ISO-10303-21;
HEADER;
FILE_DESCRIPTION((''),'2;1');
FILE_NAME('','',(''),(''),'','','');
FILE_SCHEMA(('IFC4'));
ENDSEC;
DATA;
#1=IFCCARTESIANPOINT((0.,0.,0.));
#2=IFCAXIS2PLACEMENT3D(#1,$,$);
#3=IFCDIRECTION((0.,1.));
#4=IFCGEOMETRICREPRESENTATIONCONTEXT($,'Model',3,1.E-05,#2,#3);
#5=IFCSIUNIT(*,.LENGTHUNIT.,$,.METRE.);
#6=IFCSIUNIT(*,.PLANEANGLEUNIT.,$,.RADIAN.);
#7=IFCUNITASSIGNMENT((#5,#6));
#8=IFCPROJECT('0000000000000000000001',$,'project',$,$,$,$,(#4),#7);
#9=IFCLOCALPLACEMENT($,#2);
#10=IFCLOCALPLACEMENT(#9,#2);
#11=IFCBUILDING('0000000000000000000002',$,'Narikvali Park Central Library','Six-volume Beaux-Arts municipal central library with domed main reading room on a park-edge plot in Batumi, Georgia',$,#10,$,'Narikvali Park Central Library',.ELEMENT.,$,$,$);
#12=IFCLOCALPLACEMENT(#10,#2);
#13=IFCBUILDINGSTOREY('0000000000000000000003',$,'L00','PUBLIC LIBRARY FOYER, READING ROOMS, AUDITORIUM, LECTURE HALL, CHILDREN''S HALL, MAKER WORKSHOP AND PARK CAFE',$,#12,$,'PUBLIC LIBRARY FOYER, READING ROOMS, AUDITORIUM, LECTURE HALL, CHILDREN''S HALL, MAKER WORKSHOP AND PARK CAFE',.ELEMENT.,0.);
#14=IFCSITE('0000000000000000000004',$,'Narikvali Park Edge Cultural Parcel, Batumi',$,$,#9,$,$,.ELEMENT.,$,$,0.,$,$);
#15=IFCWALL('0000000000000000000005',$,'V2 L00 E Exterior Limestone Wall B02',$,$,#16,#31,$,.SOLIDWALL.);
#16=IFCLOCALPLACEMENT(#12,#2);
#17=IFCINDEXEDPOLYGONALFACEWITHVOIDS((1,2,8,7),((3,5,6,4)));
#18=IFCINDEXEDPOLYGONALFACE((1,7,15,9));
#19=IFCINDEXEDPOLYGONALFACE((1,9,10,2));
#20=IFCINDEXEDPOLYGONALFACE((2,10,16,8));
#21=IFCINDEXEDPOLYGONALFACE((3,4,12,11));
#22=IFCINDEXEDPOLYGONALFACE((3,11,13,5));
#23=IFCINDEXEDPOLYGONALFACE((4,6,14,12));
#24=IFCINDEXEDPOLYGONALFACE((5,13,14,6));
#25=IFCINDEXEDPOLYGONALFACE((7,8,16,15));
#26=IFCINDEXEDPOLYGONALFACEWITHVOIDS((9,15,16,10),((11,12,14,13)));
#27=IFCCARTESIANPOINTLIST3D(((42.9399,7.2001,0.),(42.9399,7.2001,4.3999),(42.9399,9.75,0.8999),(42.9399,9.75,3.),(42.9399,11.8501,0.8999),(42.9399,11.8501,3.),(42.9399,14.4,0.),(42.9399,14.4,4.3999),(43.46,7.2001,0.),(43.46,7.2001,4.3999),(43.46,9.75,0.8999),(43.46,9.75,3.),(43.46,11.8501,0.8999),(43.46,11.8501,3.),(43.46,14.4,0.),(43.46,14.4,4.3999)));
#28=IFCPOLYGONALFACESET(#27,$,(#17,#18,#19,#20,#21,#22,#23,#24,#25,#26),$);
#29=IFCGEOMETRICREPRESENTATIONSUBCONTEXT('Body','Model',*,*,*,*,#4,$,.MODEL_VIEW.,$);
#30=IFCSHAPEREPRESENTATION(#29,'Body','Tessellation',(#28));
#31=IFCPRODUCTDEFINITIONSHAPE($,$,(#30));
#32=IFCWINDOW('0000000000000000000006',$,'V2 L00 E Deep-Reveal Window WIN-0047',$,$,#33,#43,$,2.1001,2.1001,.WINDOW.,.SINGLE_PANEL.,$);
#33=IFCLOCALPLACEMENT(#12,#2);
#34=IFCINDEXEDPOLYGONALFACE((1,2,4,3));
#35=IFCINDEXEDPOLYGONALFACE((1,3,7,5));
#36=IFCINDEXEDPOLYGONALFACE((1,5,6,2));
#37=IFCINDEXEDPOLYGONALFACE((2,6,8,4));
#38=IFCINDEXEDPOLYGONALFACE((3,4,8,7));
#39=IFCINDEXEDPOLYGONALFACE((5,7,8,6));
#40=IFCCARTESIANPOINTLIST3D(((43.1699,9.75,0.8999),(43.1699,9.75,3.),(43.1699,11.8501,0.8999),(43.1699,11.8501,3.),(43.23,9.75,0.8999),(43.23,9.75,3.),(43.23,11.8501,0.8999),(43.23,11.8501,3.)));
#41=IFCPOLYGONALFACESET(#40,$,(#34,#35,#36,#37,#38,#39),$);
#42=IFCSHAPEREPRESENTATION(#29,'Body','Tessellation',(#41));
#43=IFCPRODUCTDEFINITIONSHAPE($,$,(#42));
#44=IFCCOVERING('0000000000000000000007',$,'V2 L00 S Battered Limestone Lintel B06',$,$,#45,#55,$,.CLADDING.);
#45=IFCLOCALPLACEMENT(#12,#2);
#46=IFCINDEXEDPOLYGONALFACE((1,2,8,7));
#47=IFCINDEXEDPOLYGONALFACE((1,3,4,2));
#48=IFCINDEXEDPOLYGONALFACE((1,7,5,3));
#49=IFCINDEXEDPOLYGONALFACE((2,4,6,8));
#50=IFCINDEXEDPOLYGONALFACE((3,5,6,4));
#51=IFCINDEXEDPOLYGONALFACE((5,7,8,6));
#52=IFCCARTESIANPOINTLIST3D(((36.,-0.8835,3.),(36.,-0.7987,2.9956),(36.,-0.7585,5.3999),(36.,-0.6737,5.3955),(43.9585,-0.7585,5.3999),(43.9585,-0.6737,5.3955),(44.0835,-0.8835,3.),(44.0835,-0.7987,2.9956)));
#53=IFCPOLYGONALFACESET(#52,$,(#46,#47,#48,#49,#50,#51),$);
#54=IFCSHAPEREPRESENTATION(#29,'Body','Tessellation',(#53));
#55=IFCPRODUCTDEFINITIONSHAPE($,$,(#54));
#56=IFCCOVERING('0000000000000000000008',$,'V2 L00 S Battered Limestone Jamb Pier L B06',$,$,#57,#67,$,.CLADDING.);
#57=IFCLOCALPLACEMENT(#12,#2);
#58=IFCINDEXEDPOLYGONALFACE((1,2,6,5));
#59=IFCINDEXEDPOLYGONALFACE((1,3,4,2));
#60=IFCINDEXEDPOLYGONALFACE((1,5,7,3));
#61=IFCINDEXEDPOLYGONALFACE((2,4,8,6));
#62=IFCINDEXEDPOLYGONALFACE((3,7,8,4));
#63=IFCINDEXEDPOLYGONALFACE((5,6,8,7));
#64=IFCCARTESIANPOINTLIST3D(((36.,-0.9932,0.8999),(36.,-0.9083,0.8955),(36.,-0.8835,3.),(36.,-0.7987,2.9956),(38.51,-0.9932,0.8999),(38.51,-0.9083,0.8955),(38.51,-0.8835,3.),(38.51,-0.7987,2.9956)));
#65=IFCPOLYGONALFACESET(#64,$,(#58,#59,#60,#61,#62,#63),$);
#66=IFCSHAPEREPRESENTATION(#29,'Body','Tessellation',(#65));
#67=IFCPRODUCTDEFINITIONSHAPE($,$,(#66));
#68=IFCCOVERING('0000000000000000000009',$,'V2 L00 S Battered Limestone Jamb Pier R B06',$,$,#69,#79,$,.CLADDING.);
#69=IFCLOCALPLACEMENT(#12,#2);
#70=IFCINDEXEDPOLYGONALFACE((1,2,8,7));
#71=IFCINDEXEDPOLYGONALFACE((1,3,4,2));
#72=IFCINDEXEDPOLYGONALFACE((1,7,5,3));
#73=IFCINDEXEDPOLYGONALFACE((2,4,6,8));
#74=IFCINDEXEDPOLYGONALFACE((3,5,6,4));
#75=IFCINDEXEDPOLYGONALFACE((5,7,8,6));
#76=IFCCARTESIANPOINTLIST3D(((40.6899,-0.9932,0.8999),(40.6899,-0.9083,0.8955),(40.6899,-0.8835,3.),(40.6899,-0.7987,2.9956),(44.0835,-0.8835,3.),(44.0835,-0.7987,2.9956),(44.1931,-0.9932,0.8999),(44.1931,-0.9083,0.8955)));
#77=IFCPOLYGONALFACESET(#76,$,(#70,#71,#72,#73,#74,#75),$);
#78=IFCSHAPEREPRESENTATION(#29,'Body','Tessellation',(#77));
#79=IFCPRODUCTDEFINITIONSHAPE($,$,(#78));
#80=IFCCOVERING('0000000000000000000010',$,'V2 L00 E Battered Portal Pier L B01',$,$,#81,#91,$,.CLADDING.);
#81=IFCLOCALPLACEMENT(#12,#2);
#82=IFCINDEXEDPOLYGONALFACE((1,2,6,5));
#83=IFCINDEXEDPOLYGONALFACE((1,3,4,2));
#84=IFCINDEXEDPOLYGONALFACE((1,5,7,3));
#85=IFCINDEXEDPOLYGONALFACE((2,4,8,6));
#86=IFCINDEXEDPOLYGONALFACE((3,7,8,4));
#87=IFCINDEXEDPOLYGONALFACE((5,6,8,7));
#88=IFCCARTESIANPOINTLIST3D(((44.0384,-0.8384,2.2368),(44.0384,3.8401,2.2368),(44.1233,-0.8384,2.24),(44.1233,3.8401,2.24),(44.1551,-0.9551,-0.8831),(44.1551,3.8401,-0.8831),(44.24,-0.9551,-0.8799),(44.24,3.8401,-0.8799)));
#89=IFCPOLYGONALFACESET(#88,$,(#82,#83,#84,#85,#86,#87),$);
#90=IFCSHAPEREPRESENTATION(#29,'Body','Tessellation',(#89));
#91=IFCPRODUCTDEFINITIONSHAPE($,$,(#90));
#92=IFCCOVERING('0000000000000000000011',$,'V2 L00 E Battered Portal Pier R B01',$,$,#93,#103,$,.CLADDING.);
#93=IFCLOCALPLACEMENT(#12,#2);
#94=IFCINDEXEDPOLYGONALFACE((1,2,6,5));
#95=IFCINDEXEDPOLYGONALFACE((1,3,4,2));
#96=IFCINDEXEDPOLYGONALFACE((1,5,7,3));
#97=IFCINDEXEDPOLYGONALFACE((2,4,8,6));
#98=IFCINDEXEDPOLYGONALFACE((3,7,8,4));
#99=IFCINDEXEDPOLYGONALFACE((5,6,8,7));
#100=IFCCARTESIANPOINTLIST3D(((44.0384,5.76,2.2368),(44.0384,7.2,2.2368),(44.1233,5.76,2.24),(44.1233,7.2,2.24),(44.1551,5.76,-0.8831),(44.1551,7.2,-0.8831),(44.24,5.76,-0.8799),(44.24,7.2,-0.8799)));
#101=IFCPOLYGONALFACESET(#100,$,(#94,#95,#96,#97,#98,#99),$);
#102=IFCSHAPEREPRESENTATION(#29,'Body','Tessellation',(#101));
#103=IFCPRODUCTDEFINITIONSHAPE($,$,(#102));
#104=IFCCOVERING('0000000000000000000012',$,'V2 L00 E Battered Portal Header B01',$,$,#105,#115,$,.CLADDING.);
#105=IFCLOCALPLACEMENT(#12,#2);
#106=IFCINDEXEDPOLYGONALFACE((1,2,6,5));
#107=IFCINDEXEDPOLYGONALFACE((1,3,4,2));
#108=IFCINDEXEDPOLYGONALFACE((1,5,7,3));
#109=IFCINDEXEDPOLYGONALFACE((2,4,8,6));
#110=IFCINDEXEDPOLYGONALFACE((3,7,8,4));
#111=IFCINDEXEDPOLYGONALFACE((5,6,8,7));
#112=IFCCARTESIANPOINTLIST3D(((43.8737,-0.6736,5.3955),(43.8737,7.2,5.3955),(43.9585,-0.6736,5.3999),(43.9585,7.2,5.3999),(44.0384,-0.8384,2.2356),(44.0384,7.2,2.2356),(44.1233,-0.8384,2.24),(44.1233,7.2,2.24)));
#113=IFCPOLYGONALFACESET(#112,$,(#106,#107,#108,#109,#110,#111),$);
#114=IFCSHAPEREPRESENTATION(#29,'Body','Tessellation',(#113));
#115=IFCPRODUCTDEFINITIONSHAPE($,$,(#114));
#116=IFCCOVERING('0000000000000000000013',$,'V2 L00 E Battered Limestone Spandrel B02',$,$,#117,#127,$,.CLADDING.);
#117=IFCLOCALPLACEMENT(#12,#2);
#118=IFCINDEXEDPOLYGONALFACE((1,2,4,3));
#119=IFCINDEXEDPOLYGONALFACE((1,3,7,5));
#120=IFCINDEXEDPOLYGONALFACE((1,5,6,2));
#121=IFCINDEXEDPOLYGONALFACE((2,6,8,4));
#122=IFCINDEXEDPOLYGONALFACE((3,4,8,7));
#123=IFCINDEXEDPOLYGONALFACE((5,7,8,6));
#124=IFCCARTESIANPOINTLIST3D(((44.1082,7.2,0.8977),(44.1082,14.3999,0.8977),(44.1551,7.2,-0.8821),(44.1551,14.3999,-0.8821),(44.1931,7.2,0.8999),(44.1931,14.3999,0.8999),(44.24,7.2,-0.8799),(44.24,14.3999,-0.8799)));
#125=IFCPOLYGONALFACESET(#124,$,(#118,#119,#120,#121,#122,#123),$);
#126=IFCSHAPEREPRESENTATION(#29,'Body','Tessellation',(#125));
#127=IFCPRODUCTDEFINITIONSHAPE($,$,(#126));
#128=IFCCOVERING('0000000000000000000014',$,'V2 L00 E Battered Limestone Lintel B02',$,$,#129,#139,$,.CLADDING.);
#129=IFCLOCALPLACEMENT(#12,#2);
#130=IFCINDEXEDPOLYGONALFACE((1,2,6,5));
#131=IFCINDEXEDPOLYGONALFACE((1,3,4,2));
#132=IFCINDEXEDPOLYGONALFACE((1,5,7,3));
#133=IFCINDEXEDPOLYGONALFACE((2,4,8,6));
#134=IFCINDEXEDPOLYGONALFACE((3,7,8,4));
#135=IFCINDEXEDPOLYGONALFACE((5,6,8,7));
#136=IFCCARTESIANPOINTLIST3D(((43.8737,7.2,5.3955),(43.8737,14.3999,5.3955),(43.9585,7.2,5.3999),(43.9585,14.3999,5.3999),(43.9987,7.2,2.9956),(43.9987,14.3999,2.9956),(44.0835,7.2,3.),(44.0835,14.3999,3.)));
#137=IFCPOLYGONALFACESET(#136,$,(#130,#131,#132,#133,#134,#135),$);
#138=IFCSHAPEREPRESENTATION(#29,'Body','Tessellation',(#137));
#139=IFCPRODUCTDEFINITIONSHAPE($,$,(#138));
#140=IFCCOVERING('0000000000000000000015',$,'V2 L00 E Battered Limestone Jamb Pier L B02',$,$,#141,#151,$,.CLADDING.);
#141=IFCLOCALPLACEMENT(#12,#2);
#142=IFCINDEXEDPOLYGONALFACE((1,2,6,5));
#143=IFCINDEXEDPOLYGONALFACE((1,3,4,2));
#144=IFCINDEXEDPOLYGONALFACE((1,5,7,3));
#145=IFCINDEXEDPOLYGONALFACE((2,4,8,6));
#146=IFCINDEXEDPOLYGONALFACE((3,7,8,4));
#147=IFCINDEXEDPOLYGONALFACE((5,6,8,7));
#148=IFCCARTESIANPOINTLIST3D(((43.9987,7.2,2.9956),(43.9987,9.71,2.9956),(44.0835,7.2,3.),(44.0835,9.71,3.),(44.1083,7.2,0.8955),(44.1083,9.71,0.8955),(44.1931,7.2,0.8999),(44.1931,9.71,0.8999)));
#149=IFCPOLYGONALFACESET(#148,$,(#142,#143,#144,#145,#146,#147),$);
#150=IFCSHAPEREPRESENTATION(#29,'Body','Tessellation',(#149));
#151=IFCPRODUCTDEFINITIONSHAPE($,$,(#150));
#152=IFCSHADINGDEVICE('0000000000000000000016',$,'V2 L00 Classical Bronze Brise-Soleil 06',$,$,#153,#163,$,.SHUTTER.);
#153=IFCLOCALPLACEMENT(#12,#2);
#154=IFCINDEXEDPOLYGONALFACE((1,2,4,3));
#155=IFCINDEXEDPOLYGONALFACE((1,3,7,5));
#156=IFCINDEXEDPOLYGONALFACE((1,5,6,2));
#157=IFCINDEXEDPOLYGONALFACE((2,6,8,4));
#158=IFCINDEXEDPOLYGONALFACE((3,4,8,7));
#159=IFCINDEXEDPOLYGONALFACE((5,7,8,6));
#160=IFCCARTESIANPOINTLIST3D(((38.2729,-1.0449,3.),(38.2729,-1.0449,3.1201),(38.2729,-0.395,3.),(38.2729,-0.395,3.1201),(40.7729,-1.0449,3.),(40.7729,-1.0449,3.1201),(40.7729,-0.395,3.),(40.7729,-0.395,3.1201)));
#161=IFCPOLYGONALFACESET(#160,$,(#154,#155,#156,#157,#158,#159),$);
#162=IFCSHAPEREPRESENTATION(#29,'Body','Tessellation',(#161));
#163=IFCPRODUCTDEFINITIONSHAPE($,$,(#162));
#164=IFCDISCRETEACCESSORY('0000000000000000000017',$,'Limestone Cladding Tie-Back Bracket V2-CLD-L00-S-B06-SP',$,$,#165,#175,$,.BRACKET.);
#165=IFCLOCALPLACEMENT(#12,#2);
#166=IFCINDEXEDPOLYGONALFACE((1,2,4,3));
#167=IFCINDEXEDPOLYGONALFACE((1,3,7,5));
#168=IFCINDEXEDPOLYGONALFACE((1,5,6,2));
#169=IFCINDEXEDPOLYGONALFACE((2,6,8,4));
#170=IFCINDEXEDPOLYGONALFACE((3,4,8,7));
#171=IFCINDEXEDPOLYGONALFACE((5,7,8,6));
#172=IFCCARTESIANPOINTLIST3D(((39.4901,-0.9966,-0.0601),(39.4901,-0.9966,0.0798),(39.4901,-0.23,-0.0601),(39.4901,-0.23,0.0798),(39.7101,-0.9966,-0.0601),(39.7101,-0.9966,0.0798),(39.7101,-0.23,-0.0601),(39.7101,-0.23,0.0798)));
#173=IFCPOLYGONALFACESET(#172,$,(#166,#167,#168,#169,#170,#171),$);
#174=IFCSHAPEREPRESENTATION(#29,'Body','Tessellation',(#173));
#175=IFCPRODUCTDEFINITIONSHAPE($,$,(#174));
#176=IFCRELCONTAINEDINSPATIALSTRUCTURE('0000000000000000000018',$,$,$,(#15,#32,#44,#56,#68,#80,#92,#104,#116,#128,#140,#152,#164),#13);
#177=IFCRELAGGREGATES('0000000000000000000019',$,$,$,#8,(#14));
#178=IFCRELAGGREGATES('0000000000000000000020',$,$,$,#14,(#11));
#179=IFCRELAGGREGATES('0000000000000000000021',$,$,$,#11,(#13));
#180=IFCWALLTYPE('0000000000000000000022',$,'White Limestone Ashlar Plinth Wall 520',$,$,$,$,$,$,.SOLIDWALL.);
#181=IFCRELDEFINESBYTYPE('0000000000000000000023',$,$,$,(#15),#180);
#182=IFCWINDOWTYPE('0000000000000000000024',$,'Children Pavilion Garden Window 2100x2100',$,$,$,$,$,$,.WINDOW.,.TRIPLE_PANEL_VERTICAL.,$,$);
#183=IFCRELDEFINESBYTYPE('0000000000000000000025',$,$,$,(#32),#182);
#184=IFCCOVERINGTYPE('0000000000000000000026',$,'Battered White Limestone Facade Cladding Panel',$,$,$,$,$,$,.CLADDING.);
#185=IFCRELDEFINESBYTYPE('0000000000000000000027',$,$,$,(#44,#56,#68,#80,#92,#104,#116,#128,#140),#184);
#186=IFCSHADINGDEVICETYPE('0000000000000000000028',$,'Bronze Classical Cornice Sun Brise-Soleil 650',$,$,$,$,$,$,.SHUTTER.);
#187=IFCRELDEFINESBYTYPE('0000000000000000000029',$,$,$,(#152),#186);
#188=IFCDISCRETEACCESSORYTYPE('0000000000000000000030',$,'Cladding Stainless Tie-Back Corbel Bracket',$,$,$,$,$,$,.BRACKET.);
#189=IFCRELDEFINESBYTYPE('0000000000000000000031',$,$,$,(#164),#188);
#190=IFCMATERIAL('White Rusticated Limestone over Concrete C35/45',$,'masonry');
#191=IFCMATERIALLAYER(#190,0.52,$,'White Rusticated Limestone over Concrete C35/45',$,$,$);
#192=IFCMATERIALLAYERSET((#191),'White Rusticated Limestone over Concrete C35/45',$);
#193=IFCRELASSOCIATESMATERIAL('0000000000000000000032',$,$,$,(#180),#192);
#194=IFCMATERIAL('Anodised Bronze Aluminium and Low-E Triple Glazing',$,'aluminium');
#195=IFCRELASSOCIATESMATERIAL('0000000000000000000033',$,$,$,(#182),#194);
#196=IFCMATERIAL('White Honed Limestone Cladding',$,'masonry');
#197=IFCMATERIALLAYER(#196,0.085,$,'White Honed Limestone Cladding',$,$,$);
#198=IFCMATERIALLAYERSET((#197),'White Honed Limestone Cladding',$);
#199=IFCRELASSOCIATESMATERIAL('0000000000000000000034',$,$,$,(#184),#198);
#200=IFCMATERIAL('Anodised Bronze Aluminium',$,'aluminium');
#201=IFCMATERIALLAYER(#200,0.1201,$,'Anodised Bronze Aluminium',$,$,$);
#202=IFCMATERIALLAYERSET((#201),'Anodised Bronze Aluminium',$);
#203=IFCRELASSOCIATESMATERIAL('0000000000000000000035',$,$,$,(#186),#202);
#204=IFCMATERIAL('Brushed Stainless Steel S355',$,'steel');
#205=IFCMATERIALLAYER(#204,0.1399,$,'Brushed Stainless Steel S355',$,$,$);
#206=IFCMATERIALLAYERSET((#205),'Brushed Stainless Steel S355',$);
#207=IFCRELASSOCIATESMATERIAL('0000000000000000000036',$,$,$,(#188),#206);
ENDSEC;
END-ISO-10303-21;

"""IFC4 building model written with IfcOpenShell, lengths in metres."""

from ifc_helpers import new_model, si_unit, direction, frame, frame_2d, origin, origin_2d, place, context, subcontext, project, spatial, polyline, rectangle, outline, extrude, material, layer, layer_set, type_object, element, fill, save


model = new_model("IFC4")

# Units and contexts
model_context = context("Model", 3, precision=1e-05, world=origin(), true_north=direction((0.0, 1.0)))
body_context = subcontext(model_context, "Body", "Model", "MODEL_VIEW")
ifc_project = project(units=[si_unit("LENGTHUNIT", "METRE"), si_unit("PLANEANGLEUNIT", "RADIAN")], contexts=[model_context])

# Site, building, storey
site_placement = place(None, origin())
site = spatial("IfcSite", under=ifc_project, at=site_placement, Name="Narikvali Park Edge Cultural Parcel, Batumi", CompositionType="ELEMENT", RefElevation=0.0)
building_placement = place(site_placement, origin())
building = spatial("IfcBuilding", under=site, at=building_placement, Name="Narikvali Park Central Library", Description="Six-volume Beaux-Arts municipal central library with domed main reading room on a park-edge plot in Batumi, Georgia", LongName="Narikvali Park Central Library", CompositionType="ELEMENT")
storey_placement = place(building_placement, origin())
storey = spatial("IfcBuildingStorey", under=building, at=storey_placement, Name="L00", Description="PUBLIC LIBRARY FOYER, READING ROOMS, AUDITORIUM, LECTURE HALL, CHILDREN'S HALL, MAKER WORKSHOP AND PARK CAFE", LongName="PUBLIC LIBRARY FOYER, READING ROOMS, AUDITORIUM, LECTURE HALL, CHILDREN'S HALL, MAKER WORKSHOP AND PARK CAFE", CompositionType="ELEMENT", Elevation=0.0)

# Shared definitions
ifc_material_1 = material(Name="White Rusticated Limestone over Concrete C35/45", Category="masonry")
ifc_layer_1 = layer(ifc_material_1, 0.52, Name="White Rusticated Limestone over Concrete C35/45")
ifc_layer_set_1 = layer_set([ifc_layer_1], Name="White Rusticated Limestone over Concrete C35/45")
wall_type_1 = type_object("IfcWallType", Name="White Limestone Ashlar Plinth Wall 520", PredefinedType="SOLIDWALL", material=ifc_layer_set_1)
ifc_material_2 = material(Name="Anodised Bronze Aluminium and Low-E Triple Glazing", Category="aluminium")
window_type = type_object("IfcWindowType", Name="Children Pavilion Garden Window 2100x2100", PartitioningType="TRIPLE_PANEL_VERTICAL", PredefinedType="WINDOW", material=ifc_material_2)

# Wall, opening, window
wall_1_placement = place(storey_placement, frame((43.2, 7.2, 0.0), z_axis=(0.0, 0.0, 1.0), x_axis=(0.0, 1.0, 0.0)))
wall_1 = element("IfcWall", 1, at=wall_1_placement, inside=storey, type_object=wall_type_1, Name="V2 L00 E Exterior Limestone Wall B02", PredefinedType="SOLIDWALL", context=body_context, shape_type="SweptSolid", body=[
    extrude(rectangle(XDim=7.2, YDim=0.52, at=frame_2d((3.6001, 0.0))), origin(), (0.0, 0.0, 1.0), 4.3999),
])
opening_1_placement = place(wall_1_placement, frame((2.55, 0.0, 0.8999)))
opening_1 = element("IfcOpeningElement", 2, at=opening_1_placement, cuts=wall_1, PredefinedType="OPENING", context=body_context, shape_type="SweptSolid", body=[
    extrude(rectangle(XDim=2.1001, YDim=2.1001, at=frame_2d((1.05, 1.05))), frame((0.0, 0.272, 0.0), z_axis=(0.0, -1.0, 0.0), x_axis=(1.0, 0.0, 0.0)), (0.0, 0.0, 1.0), 0.5439),
])
window_1_placement = place(opening_1_placement, origin())
window_1 = element("IfcWindow", 3, at=window_1_placement, inside=storey, type_object=window_type, Name="V2 L00 E Deep-Reveal Window WIN-0047", OverallHeight=2.1001, OverallWidth=2.1001, PartitioningType="SINGLE_PANEL", PredefinedType="WINDOW", context=body_context, shape_type="SweptSolid", body=[
    extrude(rectangle(XDim=2.1001, YDim=2.1001, at=frame_2d((1.05, 1.05))), frame((0.0, 0.03, 0.0), z_axis=(0.0, -1.0, 0.0), x_axis=(1.0, 0.0, 0.0)), (0.0, 0.0, 1.0), 0.0601),
])
fill(opening_1, window_1)

# Coverings
ifc_material_3 = material(Name="White Honed Limestone Cladding", Category="masonry")
ifc_layer_2 = layer(ifc_material_3, 0.085, Name="White Honed Limestone Cladding")
ifc_layer_set_2 = layer_set([ifc_layer_2], Name="White Honed Limestone Cladding")
covering_type = type_object("IfcCoveringType", Name="Battered White Limestone Facade Cladding Panel", PredefinedType="CLADDING", material=ifc_layer_set_2)
covering_1_placement = place(storey_placement, frame((36.0, -0.8835, 3.0), z_axis=(0.0, -0.998646, 0.052015), x_axis=(1.0, 0.0, 0.0)))
element("IfcCovering", 4, at=covering_1_placement, inside=storey, type_object=covering_type, Name="V2 L00 S Battered Limestone Lintel B06", PredefinedType="CLADDING", context=body_context, shape_type="SweptSolid", body=[
    extrude(outline(polyline([(0.0, 0.0), (8.0835, 0.0), (7.9585, 2.4032), (0.0, 2.4032), (0.0, 0.0)])), origin(), (0.0, 0.0, -1.0), 0.085),
])
covering_2_placement = place(storey_placement, frame((36.0, -0.9932, 0.8999), z_axis=(0.0, -0.998641, 0.052126), x_axis=(1.0, 0.0, 0.0)))
element("IfcCovering", 5, at=covering_2_placement, inside=storey, type_object=covering_type, Name="V2 L00 S Battered Limestone Jamb Pier L B06", PredefinedType="CLADDING", context=body_context, shape_type="SweptSolid", body=[
    extrude(outline(polyline([(0.0, 0.0), (2.51, 0.0), (2.51, 2.103), (0.0, 2.103), (0.0, 0.0)])), origin(), (0.0, 0.0, -1.0), 0.085),
])
covering_3_placement = place(storey_placement, frame((40.6899, -0.9932, 0.8999), z_axis=(0.0, -0.998641, 0.052126), x_axis=(1.0, 0.0, 0.0)))
element("IfcCovering", 6, at=covering_3_placement, inside=storey, type_object=covering_type, Name="V2 L00 S Battered Limestone Jamb Pier R B06", PredefinedType="CLADDING", context=body_context, shape_type="SweptSolid", body=[
    extrude(outline(polyline([(0.0, 0.0), (3.5032, 0.0), (3.3936, 2.103), (0.0, 2.103), (0.0, 0.0)])), origin(), (0.0, 0.0, -1.0), 0.085),
])
covering_4_placement = place(storey_placement, frame((44.24, -0.9551, -0.8799), z_axis=(0.999301, 0.0, 0.037379), x_axis=(0.0, 1.0, 0.0)))
element("IfcCovering", 7, at=covering_4_placement, inside=storey, type_object=covering_type, Name="V2 L00 E Battered Portal Pier L B01", PredefinedType="CLADDING", context=body_context, shape_type="SweptSolid", body=[
    extrude(outline(polyline([(0.0, 0.0), (4.7952, 0.0), (4.7952, 3.1221), (0.1167, 3.1221), (0.0, 0.0)])), origin(), (0.0, 0.0, -1.0), 0.085),
])
covering_5_placement = place(storey_placement, frame((44.24, 5.76, -0.8799), z_axis=(0.999301, 0.0, 0.037379), x_axis=(0.0, 1.0, 0.0)))
element("IfcCovering", 8, at=covering_5_placement, inside=storey, type_object=covering_type, Name="V2 L00 E Battered Portal Pier R B01", PredefinedType="CLADDING", context=body_context, shape_type="SweptSolid", body=[
    extrude(outline(polyline([(0.0, 0.0), (1.4399, 0.0), (1.4399, 3.1221), (0.0, 3.1221), (0.0, 0.0)])), origin(), (0.0, 0.0, -1.0), 0.085),
])
covering_6_placement = place(storey_placement, frame((44.1233, -0.8384, 2.24), z_axis=(0.998643, 0.0, 0.052081), x_axis=(0.0, 1.0, 0.0)))
element("IfcCovering", 9, at=covering_6_placement, inside=storey, type_object=covering_type, Name="V2 L00 E Battered Portal Header B01", PredefinedType="CLADDING", context=body_context, shape_type="SweptSolid", body=[
    extrude(outline(polyline([(0.0, 0.0), (8.0383, 0.0), (8.0383, 3.1642), (0.1648, 3.1642), (0.0, 0.0)])), origin(), (0.0, 0.0, -1.0), 0.085),
])
covering_7_placement = place(storey_placement, frame((44.24, 7.2, -0.8799), z_axis=(0.999653, 0.0, 0.026328), x_axis=(0.0, 1.0, 0.0)))
element("IfcCovering", 10, at=covering_7_placement, inside=storey, type_object=covering_type, Name="V2 L00 E Battered Limestone Spandrel B02", PredefinedType="CLADDING", context=body_context, shape_type="SweptSolid", body=[
    extrude(outline(polyline([(0.0, 0.0), (7.2, 0.0), (7.2, 1.7804), (0.0, 1.7804), (0.0, 0.0)])), origin(), (0.0, 0.0, -1.0), 0.085),
])
covering_8_placement = place(storey_placement, frame((44.0835, 7.2, 3.0), z_axis=(0.998646, 0.0, 0.052015), x_axis=(0.0, 1.0, 0.0)))
element("IfcCovering", 11, at=covering_8_placement, inside=storey, type_object=covering_type, Name="V2 L00 E Battered Limestone Lintel B02", PredefinedType="CLADDING", context=body_context, shape_type="SweptSolid", body=[
    extrude(outline(polyline([(0.0, 0.0), (7.2, 0.0), (7.2, 2.4032), (0.0, 2.4032), (0.0, 0.0)])), origin(), (0.0, 0.0, -1.0), 0.085),
])
covering_9_placement = place(storey_placement, frame((44.1931, 7.2, 0.8999), z_axis=(0.998641, 0.0, 0.052126), x_axis=(0.0, 1.0, 0.0)))
element("IfcCovering", 12, at=covering_9_placement, inside=storey, type_object=covering_type, Name="V2 L00 E Battered Limestone Jamb Pier L B02", PredefinedType="CLADDING", context=body_context, shape_type="SweptSolid", body=[
    extrude(outline(polyline([(0.0, 0.0), (2.51, 0.0), (2.51, 2.103), (0.0, 2.103), (0.0, 0.0)])), origin(), (0.0, 0.0, -1.0), 0.085),
])

# Shading device
ifc_material_4 = material(Name="Anodised Bronze Aluminium", Category="aluminium")
ifc_layer_3 = layer(ifc_material_4, 0.1201, Name="Anodised Bronze Aluminium")
ifc_layer_set_3 = layer_set([ifc_layer_3], Name="Anodised Bronze Aluminium")
shading_device_type = type_object("IfcShadingDeviceType", Name="Bronze Classical Cornice Sun Brise-Soleil 650", PredefinedType="SHUTTER", material=ifc_layer_set_3)
shading_device_placement = place(storey_placement, frame((39.5229, -0.72, 3.0), z_axis=(0.0, 0.0, 1.0), x_axis=(1.0, 0.0, 0.0)))
element("IfcShadingDevice", 13, at=shading_device_placement, inside=storey, type_object=shading_device_type, Name="V2 L00 Classical Bronze Brise-Soleil 06", PredefinedType="SHUTTER", context=body_context, shape_type="SweptSolid", body=[
    extrude(rectangle(XDim=2.5, YDim=0.6499, at=origin_2d()), origin(), (0.0, 0.0, 1.0), 0.1201),
])

# Discrete accessory
ifc_material_5 = material(Name="Brushed Stainless Steel S355", Category="steel")
ifc_layer_4 = layer(ifc_material_5, 0.1399, Name="Brushed Stainless Steel S355")
ifc_layer_set_4 = layer_set([ifc_layer_4], Name="Brushed Stainless Steel S355")
discrete_accessory_type = type_object("IfcDiscreteAccessoryType", Name="Cladding Stainless Tie-Back Corbel Bracket", PredefinedType="BRACKET", material=ifc_layer_set_4)
discrete_accessory_1_placement = place(storey_placement, frame((39.6001, -0.6133, -0.0601), z_axis=(0.0, 0.0, 1.0), x_axis=(1.0, 0.0, 0.0)))
element("IfcDiscreteAccessory", 14, at=discrete_accessory_1_placement, inside=storey, type_object=discrete_accessory_type, Name="Limestone Cladding Tie-Back Bracket V2-CLD-L00-S-B06-SP", PredefinedType="BRACKET", context=body_context, shape_type="SweptSolid", body=[
    extrude(rectangle(XDim=0.22, YDim=0.7666, at=origin_2d()), origin(), (0.0, 0.0, 1.0), 0.1399),
])

save(model, "model.ifc")
